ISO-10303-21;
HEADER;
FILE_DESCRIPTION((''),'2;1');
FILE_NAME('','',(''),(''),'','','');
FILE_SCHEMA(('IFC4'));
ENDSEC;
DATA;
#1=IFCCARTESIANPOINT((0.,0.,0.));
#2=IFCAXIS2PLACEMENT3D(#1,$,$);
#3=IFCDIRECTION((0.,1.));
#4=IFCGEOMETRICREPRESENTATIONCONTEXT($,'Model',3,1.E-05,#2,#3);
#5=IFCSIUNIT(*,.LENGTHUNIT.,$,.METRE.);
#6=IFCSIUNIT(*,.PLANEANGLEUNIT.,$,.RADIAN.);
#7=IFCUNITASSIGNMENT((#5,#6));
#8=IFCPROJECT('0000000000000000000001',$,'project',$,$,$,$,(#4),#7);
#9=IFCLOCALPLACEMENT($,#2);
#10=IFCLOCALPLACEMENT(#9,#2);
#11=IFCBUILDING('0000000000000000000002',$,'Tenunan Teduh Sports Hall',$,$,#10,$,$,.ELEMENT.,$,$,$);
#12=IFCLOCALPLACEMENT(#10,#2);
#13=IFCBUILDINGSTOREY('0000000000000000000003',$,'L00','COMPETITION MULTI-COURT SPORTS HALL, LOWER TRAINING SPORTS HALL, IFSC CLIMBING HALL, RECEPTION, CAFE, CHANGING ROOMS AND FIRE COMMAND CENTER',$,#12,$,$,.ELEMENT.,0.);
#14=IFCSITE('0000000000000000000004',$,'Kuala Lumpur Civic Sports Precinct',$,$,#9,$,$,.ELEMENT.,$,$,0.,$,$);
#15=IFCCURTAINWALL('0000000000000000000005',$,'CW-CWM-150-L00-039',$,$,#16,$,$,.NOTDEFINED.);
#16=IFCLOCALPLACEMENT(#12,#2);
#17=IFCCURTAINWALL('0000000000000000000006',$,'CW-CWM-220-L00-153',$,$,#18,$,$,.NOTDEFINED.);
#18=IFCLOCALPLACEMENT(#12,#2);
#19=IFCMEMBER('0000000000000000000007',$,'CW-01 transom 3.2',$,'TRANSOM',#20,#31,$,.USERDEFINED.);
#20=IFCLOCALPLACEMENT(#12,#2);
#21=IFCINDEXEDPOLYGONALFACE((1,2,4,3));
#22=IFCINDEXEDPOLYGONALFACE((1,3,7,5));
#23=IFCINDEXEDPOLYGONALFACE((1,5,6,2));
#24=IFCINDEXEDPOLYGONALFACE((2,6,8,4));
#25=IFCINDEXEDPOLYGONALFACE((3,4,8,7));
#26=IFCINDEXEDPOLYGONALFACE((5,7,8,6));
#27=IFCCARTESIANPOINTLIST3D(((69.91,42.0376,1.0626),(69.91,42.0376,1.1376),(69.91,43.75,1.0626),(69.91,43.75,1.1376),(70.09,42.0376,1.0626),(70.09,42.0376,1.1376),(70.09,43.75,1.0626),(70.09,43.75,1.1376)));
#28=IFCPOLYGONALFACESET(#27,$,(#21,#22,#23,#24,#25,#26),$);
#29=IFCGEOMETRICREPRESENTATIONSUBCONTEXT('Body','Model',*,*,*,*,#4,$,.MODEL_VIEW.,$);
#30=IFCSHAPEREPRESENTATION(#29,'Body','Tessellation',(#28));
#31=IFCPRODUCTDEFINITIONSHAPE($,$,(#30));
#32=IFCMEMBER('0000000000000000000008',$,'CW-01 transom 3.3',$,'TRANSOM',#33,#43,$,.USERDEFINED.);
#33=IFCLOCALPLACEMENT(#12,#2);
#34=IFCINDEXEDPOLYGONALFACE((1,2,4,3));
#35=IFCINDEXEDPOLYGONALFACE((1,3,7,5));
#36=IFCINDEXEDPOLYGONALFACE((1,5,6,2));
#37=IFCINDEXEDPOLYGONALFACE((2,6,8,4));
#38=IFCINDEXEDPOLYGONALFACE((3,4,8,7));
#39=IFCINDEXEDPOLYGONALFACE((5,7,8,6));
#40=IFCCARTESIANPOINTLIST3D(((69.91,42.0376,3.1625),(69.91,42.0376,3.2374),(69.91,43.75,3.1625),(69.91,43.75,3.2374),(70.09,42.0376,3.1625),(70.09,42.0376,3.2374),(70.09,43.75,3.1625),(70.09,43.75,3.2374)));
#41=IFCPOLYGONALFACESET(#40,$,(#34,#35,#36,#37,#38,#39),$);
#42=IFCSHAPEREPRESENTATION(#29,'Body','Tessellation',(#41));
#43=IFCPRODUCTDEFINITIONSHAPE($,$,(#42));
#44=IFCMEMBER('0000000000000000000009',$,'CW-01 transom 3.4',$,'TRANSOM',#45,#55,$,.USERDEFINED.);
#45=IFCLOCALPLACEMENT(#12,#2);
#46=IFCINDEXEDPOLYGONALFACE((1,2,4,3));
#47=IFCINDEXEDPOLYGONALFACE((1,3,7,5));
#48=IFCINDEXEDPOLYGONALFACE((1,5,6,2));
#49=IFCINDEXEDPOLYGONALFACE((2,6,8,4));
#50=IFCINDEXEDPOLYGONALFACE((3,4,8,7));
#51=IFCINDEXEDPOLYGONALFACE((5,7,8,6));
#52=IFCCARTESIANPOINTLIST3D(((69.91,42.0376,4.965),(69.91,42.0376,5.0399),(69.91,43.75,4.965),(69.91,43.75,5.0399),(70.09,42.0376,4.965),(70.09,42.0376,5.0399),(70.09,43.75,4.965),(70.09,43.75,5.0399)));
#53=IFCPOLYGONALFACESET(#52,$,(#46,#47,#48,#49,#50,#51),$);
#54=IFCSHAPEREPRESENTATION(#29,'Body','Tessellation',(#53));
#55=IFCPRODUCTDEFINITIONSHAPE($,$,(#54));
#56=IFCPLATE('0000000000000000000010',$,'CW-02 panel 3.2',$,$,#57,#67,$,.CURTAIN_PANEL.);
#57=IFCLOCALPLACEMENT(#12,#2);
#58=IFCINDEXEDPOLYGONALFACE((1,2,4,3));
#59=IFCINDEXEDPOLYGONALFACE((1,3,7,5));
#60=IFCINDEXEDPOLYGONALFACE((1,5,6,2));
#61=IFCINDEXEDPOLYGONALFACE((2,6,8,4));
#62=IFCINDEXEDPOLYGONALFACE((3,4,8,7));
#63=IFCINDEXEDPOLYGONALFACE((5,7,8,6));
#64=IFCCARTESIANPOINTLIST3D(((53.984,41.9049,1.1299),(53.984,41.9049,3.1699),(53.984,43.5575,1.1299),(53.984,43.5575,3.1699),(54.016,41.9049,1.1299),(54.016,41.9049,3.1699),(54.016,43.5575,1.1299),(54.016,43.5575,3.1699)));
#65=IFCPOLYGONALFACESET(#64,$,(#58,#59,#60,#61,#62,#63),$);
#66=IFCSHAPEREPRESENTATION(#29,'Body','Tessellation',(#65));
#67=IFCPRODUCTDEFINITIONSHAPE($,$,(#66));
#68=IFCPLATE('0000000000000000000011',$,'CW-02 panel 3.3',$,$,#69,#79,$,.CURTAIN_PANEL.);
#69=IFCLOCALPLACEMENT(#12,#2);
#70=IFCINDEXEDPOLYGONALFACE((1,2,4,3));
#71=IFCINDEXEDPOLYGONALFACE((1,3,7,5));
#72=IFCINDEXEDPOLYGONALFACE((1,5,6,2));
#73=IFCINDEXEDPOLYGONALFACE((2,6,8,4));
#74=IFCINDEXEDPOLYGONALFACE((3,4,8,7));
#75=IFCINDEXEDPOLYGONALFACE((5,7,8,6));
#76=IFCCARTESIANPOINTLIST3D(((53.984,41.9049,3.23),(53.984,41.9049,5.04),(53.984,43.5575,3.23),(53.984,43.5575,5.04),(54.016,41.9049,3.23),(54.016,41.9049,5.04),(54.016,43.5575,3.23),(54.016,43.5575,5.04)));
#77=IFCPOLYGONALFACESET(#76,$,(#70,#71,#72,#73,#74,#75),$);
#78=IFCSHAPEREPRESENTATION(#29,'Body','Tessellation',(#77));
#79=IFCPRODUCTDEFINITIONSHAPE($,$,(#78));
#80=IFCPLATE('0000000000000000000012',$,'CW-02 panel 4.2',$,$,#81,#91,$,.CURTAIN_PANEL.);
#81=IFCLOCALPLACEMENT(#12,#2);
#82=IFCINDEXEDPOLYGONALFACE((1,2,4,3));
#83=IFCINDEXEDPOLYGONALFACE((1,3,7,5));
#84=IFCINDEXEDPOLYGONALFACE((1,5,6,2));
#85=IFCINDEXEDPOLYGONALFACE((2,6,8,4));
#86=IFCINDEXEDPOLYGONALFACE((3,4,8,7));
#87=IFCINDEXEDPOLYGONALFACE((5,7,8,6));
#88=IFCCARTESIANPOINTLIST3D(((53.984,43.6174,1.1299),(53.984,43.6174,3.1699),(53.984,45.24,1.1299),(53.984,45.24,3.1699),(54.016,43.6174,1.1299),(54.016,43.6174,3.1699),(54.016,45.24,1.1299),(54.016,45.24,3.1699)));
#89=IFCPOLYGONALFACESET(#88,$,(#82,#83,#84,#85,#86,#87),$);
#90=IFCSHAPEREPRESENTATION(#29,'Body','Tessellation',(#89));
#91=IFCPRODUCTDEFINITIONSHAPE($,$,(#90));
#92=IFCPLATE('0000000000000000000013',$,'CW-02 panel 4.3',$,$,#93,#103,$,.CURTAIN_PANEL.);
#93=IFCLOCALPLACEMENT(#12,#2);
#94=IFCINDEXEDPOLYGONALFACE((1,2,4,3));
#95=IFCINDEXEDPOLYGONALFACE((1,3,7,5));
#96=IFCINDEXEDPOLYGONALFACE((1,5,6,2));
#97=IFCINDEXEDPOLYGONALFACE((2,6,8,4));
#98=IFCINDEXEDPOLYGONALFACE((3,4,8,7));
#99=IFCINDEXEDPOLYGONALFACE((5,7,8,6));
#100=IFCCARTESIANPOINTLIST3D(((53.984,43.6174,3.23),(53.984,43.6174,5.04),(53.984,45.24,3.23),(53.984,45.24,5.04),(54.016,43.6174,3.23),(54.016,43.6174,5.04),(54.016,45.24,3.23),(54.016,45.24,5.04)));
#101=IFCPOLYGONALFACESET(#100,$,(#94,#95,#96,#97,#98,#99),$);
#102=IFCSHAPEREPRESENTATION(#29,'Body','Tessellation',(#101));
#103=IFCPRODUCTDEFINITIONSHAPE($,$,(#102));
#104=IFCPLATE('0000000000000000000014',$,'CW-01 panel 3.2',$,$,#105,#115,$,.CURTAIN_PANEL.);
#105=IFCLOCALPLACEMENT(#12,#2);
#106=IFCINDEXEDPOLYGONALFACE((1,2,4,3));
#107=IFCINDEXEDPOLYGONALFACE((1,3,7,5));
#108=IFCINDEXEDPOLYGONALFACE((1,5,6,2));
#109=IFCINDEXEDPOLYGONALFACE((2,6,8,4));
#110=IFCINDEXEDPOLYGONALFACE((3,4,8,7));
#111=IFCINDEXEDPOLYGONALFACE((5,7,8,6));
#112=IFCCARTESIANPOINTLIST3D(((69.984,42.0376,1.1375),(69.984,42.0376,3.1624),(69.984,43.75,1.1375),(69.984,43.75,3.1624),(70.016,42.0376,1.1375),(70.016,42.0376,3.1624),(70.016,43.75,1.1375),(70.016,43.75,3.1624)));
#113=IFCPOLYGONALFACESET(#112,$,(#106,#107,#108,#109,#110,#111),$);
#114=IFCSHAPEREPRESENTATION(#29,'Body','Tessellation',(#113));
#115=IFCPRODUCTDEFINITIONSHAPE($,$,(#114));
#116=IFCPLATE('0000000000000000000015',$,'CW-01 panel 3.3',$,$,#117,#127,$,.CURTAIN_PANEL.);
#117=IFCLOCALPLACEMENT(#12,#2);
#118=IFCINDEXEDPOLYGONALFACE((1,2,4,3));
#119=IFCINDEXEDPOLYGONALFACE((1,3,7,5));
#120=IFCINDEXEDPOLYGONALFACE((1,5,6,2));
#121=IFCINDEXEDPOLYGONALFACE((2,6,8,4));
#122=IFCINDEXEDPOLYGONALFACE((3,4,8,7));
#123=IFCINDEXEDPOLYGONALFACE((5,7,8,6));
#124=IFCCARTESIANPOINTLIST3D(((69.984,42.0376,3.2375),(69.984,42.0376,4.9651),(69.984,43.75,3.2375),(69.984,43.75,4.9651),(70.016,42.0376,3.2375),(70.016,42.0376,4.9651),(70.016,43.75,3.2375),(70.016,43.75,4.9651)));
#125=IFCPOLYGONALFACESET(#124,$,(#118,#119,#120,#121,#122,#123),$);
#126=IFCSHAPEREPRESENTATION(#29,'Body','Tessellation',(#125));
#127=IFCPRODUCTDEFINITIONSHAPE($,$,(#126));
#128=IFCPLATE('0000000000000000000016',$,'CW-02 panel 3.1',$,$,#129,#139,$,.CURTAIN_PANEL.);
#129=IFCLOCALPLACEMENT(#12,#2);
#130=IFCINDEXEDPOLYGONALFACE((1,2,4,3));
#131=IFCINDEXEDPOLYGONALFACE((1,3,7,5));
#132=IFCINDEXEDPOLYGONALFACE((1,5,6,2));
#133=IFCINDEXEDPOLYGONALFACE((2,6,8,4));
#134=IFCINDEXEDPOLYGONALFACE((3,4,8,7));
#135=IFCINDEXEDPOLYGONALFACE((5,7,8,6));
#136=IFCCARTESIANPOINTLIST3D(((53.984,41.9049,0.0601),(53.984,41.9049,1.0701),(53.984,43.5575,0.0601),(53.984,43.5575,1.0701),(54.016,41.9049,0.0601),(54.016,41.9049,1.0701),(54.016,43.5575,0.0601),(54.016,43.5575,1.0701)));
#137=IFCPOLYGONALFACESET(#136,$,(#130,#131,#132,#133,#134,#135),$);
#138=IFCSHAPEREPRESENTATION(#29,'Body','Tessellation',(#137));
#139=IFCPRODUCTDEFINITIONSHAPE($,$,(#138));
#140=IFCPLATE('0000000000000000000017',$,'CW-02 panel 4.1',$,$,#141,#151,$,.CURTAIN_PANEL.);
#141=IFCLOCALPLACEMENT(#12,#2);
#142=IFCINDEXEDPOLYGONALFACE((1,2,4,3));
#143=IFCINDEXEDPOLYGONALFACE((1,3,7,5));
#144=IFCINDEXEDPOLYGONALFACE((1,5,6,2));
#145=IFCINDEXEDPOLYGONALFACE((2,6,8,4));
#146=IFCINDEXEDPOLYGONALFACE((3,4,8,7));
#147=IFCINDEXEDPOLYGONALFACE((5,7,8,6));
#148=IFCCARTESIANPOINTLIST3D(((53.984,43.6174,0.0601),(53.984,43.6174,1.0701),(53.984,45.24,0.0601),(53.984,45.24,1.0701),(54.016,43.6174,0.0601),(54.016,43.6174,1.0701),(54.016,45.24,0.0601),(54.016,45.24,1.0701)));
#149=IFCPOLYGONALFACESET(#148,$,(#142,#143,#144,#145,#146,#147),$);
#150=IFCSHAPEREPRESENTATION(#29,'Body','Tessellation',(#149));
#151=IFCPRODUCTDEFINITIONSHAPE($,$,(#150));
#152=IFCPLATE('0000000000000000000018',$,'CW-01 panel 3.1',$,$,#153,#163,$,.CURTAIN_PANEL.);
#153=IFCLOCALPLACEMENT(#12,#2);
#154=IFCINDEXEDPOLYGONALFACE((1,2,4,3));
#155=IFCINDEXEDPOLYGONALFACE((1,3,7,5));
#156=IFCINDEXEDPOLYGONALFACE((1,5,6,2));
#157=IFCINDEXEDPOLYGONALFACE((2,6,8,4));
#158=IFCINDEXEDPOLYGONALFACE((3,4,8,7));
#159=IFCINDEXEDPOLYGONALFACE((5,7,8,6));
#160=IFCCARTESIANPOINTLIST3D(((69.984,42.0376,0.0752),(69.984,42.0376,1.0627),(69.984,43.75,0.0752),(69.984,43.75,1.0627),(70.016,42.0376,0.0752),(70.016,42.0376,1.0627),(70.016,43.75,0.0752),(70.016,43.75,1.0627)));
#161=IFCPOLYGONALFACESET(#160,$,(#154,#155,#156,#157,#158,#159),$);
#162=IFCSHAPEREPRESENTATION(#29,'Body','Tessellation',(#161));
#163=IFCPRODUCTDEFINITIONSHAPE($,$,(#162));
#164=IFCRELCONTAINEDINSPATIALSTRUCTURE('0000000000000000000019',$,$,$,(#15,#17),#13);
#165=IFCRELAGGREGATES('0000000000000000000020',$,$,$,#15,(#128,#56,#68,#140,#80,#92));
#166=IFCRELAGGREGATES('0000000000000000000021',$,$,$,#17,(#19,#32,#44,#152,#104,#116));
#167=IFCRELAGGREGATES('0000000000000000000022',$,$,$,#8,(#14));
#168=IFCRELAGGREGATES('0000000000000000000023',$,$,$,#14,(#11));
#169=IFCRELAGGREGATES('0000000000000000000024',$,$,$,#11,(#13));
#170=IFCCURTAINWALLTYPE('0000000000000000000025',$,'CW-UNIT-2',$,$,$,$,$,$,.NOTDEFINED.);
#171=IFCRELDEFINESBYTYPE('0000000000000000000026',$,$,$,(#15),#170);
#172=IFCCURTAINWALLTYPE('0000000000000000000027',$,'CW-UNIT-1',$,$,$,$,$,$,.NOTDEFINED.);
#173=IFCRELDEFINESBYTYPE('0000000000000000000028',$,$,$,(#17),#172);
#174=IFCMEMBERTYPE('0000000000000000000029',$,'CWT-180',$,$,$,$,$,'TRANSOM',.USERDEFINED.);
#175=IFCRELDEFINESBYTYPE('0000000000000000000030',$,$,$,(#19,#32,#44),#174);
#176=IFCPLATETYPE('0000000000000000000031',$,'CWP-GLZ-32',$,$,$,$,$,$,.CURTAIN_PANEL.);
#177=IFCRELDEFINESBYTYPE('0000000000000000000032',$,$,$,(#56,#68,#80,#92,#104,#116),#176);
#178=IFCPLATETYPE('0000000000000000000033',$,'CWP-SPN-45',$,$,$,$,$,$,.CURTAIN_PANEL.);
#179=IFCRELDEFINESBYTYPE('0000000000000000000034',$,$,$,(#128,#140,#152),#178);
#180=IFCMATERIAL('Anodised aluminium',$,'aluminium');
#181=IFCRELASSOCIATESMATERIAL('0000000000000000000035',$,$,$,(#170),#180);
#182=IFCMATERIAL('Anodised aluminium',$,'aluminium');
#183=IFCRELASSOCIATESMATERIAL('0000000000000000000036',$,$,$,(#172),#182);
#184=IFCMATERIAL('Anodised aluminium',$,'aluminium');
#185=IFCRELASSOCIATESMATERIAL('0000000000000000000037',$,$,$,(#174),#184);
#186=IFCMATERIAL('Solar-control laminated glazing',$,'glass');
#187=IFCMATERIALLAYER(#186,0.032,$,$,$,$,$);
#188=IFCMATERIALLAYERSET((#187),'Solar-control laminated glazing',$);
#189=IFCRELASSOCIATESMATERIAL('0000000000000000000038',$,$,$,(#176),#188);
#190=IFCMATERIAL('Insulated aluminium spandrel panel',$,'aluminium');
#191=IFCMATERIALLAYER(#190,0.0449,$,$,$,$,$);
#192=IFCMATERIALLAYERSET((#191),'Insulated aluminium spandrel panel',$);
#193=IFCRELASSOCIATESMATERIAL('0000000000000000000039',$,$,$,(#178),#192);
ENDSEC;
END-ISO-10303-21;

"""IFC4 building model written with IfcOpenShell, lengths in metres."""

from ifc_helpers import new_model, si_unit, direction, frame, origin, origin_2d, place, context, subcontext, project, spatial, rectangle, extrude, material, layer, layer_set, material_profile, profile_set, type_object, element, aggregate, save


model = new_model("IFC4")

# Units and contexts
model_context = context("Model", 3, precision=1e-05, world=origin(), true_north=direction((0.0, 1.0)))
body_context = subcontext(model_context, "Body", "Model", "MODEL_VIEW")
ifc_project = project(units=[si_unit("LENGTHUNIT", "METRE"), si_unit("PLANEANGLEUNIT", "RADIAN")], contexts=[model_context])

# Site, building, storey
site_placement = place(None, origin())
site = spatial("IfcSite", under=ifc_project, at=site_placement, Name="Kuala Lumpur Civic Sports Precinct", CompositionType="ELEMENT", RefElevation=0.0)
building_placement = place(site_placement, origin())
building = spatial("IfcBuilding", under=site, at=building_placement, Name="Tenunan Teduh Sports Hall", CompositionType="ELEMENT")
storey_placement = place(building_placement, origin())
storey = spatial("IfcBuildingStorey", under=building, at=storey_placement, Name="L00", Description="COMPETITION MULTI-COURT SPORTS HALL, LOWER TRAINING SPORTS HALL, IFSC CLIMBING HALL, RECEPTION, CAFE, CHANGING ROOMS AND FIRE COMMAND CENTER", CompositionType="ELEMENT", Elevation=0.0)

# Curtain wall
ifc_material_1 = material(Name="Anodised aluminium", Category="aluminium")
curtain_wall_type_1 = type_object("IfcCurtainWallType", Name="CW-UNIT-2", PredefinedType="NOTDEFINED", material=ifc_material_1)
curtain_wall_1_placement = place(storey_placement, origin())
curtain_wall_1 = element("IfcCurtainWall", 1, at=curtain_wall_1_placement, inside=storey, type_object=curtain_wall_type_1, Name="CW-CWM-150-L00-039", PredefinedType="NOTDEFINED")

# Curtain wall
ifc_material_2 = material(Name="Anodised aluminium", Category="aluminium")
curtain_wall_type_2 = type_object("IfcCurtainWallType", Name="CW-UNIT-1", PredefinedType="NOTDEFINED", material=ifc_material_2)
curtain_wall_2_placement = place(storey_placement, origin())
curtain_wall_2 = element("IfcCurtainWall", 2, at=curtain_wall_2_placement, inside=storey, type_object=curtain_wall_type_2, Name="CW-CWM-220-L00-153", PredefinedType="NOTDEFINED")

# Members
ifc_material_3 = material(Name="Anodised aluminium", Category="aluminium")
ifc_material_profile_1 = material_profile(ifc_material_3, rectangle(XDim=0.075, YDim=0.1799, at=origin_2d()), Name="CWT 75x180")
ifc_profile_set_1 = profile_set([ifc_material_profile_1], Name="Anodised aluminium")
member_type_1 = type_object("IfcMemberType", Name="CWT-180", ElementType="TRANSOM", PredefinedType="USERDEFINED", material=ifc_profile_set_1)
member_1_placement = place(storey_placement, frame((70.0, 42.0376, 1.1001), z_axis=(0.0, 1.0, 0.0), x_axis=(0.0, 0.0, 1.0)))
member_1 = element("IfcMember", 3, at=member_1_placement, type_object=member_type_1, Name="CW-01 transom 3.2", ObjectType="TRANSOM", PredefinedType="USERDEFINED", context=body_context, shape_type="SweptSolid", body=[
    extrude(rectangle(XDim=0.075, YDim=0.1799, at=origin_2d()), origin(), (0.0, 0.0, 1.0), 1.7124),
])
member_2_placement = place(storey_placement, frame((70.0, 42.0376, 3.2), z_axis=(0.0, 1.0, 0.0), x_axis=(0.0, 0.0, 1.0)))
member_2 = element("IfcMember", 4, at=member_2_placement, type_object=member_type_1, Name="CW-01 transom 3.3", ObjectType="TRANSOM", PredefinedType="USERDEFINED", context=body_context, shape_type="SweptSolid", body=[
    extrude(rectangle(XDim=0.075, YDim=0.1799, at=origin_2d()), origin(), (0.0, 0.0, 1.0), 1.7124),
])
member_3_placement = place(storey_placement, frame((70.0, 42.0376, 5.0024), z_axis=(0.0, 1.0, 0.0), x_axis=(0.0, 0.0, 1.0)))
member_3 = element("IfcMember", 5, at=member_3_placement, type_object=member_type_1, Name="CW-01 transom 3.4", ObjectType="TRANSOM", PredefinedType="USERDEFINED", context=body_context, shape_type="SweptSolid", body=[
    extrude(rectangle(XDim=0.075, YDim=0.1799, at=origin_2d()), origin(), (0.0, 0.0, 1.0), 1.7124),
])

# Plates
ifc_material_4 = material(Name="Solar-control laminated glazing", Category="glass")
ifc_layer_1 = layer(ifc_material_4, 0.032)
ifc_layer_set_1 = layer_set([ifc_layer_1], Name="Solar-control laminated glazing")
plate_type_1 = type_object("IfcPlateType", Name="CWP-GLZ-32", PredefinedType="CURTAIN_PANEL", material=ifc_layer_set_1)
plate_1_placement = place(storey_placement, frame((54.0, 42.7312, 1.1299), z_axis=(0.0, 0.0, 1.0), x_axis=(0.0, 1.0, 0.0)))
plate_1 = element("IfcPlate", 6, at=plate_1_placement, type_object=plate_type_1, Name="CW-02 panel 3.2", PredefinedType="CURTAIN_PANEL", context=body_context, shape_type="SweptSolid", body=[
    extrude(rectangle(XDim=1.6526, YDim=0.032, at=origin_2d()), origin(), (0.0, 0.0, 1.0), 2.04),
])
plate_2_placement = place(storey_placement, frame((54.0, 42.7312, 3.23), z_axis=(0.0, 0.0, 1.0), x_axis=(0.0, 1.0, 0.0)))
plate_2 = element("IfcPlate", 7, at=plate_2_placement, type_object=plate_type_1, Name="CW-02 panel 3.3", PredefinedType="CURTAIN_PANEL", context=body_context, shape_type="SweptSolid", body=[
    extrude(rectangle(XDim=1.6526, YDim=0.032, at=origin_2d()), origin(), (0.0, 0.0, 1.0), 1.8101),
])
plate_3_placement = place(storey_placement, frame((54.0, 44.4287, 1.1299), z_axis=(0.0, 0.0, 1.0), x_axis=(0.0, 1.0, 0.0)))
plate_3 = element("IfcPlate", 8, at=plate_3_placement, type_object=plate_type_1, Name="CW-02 panel 4.2", PredefinedType="CURTAIN_PANEL", context=body_context, shape_type="SweptSolid", body=[
    extrude(rectangle(XDim=1.6226, YDim=0.032, at=origin_2d()), origin(), (0.0, 0.0, 1.0), 2.04),
])
plate_4_placement = place(storey_placement, frame((54.0, 44.4287, 3.23), z_axis=(0.0, 0.0, 1.0), x_axis=(0.0, 1.0, 0.0)))
plate_4 = element("IfcPlate", 9, at=plate_4_placement, type_object=plate_type_1, Name="CW-02 panel 4.3", PredefinedType="CURTAIN_PANEL", context=body_context, shape_type="SweptSolid", body=[
    extrude(rectangle(XDim=1.6226, YDim=0.032, at=origin_2d()), origin(), (0.0, 0.0, 1.0), 1.8101),
])
plate_5_placement = place(storey_placement, frame((70.0, 42.8938, 1.1375), z_axis=(0.0, 0.0, 1.0), x_axis=(0.0, 1.0, 0.0)))
plate_5 = element("IfcPlate", 10, at=plate_5_placement, type_object=plate_type_1, Name="CW-01 panel 3.2", PredefinedType="CURTAIN_PANEL", context=body_context, shape_type="SweptSolid", body=[
    extrude(rectangle(XDim=1.7124, YDim=0.032, at=origin_2d()), origin(), (0.0, 0.0, 1.0), 2.0249),
])
plate_6_placement = place(storey_placement, frame((70.0, 42.8938, 3.2375), z_axis=(0.0, 0.0, 1.0), x_axis=(0.0, 1.0, 0.0)))
plate_6 = element("IfcPlate", 11, at=plate_6_placement, type_object=plate_type_1, Name="CW-01 panel 3.3", PredefinedType="CURTAIN_PANEL", context=body_context, shape_type="SweptSolid", body=[
    extrude(rectangle(XDim=1.7124, YDim=0.032, at=origin_2d()), origin(), (0.0, 0.0, 1.0), 1.7275),
])
ifc_material_5 = material(Name="Insulated aluminium spandrel panel", Category="aluminium")
ifc_layer_2 = layer(ifc_material_5, 0.0449)
ifc_layer_set_2 = layer_set([ifc_layer_2], Name="Insulated aluminium spandrel panel")
plate_type_2 = type_object("IfcPlateType", Name="CWP-SPN-45", PredefinedType="CURTAIN_PANEL", material=ifc_layer_set_2)
plate_7_placement = place(storey_placement, frame((54.0, 42.7312, 0.0601), z_axis=(0.0, 0.0, 1.0), x_axis=(0.0, 1.0, 0.0)))
plate_7 = element("IfcPlate", 12, at=plate_7_placement, type_object=plate_type_2, Name="CW-02 panel 3.1", PredefinedType="CURTAIN_PANEL", context=body_context, shape_type="SweptSolid", body=[
    extrude(rectangle(XDim=1.6526, YDim=0.032, at=origin_2d()), origin(), (0.0, 0.0, 1.0), 1.01),
])
plate_8_placement = place(storey_placement, frame((54.0, 44.4287, 0.0601), z_axis=(0.0, 0.0, 1.0), x_axis=(0.0, 1.0, 0.0)))
plate_8 = element("IfcPlate", 13, at=plate_8_placement, type_object=plate_type_2, Name="CW-02 panel 4.1", PredefinedType="CURTAIN_PANEL", context=body_context, shape_type="SweptSolid", body=[
    extrude(rectangle(XDim=1.6226, YDim=0.032, at=origin_2d()), origin(), (0.0, 0.0, 1.0), 1.01),
])
aggregate(curtain_wall_1, [plate_7, plate_1, plate_2, plate_8, plate_3, plate_4])
plate_9_placement = place(storey_placement, frame((70.0, 42.8938, 0.0752), z_axis=(0.0, 0.0, 1.0), x_axis=(0.0, 1.0, 0.0)))
plate_9 = element("IfcPlate", 14, at=plate_9_placement, type_object=plate_type_2, Name="CW-01 panel 3.1", PredefinedType="CURTAIN_PANEL", context=body_context, shape_type="SweptSolid", body=[
    extrude(rectangle(XDim=1.7124, YDim=0.032, at=origin_2d()), origin(), (0.0, 0.0, 1.0), 0.9875),
])
aggregate(curtain_wall_2, [member_1, member_2, member_3, plate_9, plate_5, plate_6])

save(model, "model.ifc")
